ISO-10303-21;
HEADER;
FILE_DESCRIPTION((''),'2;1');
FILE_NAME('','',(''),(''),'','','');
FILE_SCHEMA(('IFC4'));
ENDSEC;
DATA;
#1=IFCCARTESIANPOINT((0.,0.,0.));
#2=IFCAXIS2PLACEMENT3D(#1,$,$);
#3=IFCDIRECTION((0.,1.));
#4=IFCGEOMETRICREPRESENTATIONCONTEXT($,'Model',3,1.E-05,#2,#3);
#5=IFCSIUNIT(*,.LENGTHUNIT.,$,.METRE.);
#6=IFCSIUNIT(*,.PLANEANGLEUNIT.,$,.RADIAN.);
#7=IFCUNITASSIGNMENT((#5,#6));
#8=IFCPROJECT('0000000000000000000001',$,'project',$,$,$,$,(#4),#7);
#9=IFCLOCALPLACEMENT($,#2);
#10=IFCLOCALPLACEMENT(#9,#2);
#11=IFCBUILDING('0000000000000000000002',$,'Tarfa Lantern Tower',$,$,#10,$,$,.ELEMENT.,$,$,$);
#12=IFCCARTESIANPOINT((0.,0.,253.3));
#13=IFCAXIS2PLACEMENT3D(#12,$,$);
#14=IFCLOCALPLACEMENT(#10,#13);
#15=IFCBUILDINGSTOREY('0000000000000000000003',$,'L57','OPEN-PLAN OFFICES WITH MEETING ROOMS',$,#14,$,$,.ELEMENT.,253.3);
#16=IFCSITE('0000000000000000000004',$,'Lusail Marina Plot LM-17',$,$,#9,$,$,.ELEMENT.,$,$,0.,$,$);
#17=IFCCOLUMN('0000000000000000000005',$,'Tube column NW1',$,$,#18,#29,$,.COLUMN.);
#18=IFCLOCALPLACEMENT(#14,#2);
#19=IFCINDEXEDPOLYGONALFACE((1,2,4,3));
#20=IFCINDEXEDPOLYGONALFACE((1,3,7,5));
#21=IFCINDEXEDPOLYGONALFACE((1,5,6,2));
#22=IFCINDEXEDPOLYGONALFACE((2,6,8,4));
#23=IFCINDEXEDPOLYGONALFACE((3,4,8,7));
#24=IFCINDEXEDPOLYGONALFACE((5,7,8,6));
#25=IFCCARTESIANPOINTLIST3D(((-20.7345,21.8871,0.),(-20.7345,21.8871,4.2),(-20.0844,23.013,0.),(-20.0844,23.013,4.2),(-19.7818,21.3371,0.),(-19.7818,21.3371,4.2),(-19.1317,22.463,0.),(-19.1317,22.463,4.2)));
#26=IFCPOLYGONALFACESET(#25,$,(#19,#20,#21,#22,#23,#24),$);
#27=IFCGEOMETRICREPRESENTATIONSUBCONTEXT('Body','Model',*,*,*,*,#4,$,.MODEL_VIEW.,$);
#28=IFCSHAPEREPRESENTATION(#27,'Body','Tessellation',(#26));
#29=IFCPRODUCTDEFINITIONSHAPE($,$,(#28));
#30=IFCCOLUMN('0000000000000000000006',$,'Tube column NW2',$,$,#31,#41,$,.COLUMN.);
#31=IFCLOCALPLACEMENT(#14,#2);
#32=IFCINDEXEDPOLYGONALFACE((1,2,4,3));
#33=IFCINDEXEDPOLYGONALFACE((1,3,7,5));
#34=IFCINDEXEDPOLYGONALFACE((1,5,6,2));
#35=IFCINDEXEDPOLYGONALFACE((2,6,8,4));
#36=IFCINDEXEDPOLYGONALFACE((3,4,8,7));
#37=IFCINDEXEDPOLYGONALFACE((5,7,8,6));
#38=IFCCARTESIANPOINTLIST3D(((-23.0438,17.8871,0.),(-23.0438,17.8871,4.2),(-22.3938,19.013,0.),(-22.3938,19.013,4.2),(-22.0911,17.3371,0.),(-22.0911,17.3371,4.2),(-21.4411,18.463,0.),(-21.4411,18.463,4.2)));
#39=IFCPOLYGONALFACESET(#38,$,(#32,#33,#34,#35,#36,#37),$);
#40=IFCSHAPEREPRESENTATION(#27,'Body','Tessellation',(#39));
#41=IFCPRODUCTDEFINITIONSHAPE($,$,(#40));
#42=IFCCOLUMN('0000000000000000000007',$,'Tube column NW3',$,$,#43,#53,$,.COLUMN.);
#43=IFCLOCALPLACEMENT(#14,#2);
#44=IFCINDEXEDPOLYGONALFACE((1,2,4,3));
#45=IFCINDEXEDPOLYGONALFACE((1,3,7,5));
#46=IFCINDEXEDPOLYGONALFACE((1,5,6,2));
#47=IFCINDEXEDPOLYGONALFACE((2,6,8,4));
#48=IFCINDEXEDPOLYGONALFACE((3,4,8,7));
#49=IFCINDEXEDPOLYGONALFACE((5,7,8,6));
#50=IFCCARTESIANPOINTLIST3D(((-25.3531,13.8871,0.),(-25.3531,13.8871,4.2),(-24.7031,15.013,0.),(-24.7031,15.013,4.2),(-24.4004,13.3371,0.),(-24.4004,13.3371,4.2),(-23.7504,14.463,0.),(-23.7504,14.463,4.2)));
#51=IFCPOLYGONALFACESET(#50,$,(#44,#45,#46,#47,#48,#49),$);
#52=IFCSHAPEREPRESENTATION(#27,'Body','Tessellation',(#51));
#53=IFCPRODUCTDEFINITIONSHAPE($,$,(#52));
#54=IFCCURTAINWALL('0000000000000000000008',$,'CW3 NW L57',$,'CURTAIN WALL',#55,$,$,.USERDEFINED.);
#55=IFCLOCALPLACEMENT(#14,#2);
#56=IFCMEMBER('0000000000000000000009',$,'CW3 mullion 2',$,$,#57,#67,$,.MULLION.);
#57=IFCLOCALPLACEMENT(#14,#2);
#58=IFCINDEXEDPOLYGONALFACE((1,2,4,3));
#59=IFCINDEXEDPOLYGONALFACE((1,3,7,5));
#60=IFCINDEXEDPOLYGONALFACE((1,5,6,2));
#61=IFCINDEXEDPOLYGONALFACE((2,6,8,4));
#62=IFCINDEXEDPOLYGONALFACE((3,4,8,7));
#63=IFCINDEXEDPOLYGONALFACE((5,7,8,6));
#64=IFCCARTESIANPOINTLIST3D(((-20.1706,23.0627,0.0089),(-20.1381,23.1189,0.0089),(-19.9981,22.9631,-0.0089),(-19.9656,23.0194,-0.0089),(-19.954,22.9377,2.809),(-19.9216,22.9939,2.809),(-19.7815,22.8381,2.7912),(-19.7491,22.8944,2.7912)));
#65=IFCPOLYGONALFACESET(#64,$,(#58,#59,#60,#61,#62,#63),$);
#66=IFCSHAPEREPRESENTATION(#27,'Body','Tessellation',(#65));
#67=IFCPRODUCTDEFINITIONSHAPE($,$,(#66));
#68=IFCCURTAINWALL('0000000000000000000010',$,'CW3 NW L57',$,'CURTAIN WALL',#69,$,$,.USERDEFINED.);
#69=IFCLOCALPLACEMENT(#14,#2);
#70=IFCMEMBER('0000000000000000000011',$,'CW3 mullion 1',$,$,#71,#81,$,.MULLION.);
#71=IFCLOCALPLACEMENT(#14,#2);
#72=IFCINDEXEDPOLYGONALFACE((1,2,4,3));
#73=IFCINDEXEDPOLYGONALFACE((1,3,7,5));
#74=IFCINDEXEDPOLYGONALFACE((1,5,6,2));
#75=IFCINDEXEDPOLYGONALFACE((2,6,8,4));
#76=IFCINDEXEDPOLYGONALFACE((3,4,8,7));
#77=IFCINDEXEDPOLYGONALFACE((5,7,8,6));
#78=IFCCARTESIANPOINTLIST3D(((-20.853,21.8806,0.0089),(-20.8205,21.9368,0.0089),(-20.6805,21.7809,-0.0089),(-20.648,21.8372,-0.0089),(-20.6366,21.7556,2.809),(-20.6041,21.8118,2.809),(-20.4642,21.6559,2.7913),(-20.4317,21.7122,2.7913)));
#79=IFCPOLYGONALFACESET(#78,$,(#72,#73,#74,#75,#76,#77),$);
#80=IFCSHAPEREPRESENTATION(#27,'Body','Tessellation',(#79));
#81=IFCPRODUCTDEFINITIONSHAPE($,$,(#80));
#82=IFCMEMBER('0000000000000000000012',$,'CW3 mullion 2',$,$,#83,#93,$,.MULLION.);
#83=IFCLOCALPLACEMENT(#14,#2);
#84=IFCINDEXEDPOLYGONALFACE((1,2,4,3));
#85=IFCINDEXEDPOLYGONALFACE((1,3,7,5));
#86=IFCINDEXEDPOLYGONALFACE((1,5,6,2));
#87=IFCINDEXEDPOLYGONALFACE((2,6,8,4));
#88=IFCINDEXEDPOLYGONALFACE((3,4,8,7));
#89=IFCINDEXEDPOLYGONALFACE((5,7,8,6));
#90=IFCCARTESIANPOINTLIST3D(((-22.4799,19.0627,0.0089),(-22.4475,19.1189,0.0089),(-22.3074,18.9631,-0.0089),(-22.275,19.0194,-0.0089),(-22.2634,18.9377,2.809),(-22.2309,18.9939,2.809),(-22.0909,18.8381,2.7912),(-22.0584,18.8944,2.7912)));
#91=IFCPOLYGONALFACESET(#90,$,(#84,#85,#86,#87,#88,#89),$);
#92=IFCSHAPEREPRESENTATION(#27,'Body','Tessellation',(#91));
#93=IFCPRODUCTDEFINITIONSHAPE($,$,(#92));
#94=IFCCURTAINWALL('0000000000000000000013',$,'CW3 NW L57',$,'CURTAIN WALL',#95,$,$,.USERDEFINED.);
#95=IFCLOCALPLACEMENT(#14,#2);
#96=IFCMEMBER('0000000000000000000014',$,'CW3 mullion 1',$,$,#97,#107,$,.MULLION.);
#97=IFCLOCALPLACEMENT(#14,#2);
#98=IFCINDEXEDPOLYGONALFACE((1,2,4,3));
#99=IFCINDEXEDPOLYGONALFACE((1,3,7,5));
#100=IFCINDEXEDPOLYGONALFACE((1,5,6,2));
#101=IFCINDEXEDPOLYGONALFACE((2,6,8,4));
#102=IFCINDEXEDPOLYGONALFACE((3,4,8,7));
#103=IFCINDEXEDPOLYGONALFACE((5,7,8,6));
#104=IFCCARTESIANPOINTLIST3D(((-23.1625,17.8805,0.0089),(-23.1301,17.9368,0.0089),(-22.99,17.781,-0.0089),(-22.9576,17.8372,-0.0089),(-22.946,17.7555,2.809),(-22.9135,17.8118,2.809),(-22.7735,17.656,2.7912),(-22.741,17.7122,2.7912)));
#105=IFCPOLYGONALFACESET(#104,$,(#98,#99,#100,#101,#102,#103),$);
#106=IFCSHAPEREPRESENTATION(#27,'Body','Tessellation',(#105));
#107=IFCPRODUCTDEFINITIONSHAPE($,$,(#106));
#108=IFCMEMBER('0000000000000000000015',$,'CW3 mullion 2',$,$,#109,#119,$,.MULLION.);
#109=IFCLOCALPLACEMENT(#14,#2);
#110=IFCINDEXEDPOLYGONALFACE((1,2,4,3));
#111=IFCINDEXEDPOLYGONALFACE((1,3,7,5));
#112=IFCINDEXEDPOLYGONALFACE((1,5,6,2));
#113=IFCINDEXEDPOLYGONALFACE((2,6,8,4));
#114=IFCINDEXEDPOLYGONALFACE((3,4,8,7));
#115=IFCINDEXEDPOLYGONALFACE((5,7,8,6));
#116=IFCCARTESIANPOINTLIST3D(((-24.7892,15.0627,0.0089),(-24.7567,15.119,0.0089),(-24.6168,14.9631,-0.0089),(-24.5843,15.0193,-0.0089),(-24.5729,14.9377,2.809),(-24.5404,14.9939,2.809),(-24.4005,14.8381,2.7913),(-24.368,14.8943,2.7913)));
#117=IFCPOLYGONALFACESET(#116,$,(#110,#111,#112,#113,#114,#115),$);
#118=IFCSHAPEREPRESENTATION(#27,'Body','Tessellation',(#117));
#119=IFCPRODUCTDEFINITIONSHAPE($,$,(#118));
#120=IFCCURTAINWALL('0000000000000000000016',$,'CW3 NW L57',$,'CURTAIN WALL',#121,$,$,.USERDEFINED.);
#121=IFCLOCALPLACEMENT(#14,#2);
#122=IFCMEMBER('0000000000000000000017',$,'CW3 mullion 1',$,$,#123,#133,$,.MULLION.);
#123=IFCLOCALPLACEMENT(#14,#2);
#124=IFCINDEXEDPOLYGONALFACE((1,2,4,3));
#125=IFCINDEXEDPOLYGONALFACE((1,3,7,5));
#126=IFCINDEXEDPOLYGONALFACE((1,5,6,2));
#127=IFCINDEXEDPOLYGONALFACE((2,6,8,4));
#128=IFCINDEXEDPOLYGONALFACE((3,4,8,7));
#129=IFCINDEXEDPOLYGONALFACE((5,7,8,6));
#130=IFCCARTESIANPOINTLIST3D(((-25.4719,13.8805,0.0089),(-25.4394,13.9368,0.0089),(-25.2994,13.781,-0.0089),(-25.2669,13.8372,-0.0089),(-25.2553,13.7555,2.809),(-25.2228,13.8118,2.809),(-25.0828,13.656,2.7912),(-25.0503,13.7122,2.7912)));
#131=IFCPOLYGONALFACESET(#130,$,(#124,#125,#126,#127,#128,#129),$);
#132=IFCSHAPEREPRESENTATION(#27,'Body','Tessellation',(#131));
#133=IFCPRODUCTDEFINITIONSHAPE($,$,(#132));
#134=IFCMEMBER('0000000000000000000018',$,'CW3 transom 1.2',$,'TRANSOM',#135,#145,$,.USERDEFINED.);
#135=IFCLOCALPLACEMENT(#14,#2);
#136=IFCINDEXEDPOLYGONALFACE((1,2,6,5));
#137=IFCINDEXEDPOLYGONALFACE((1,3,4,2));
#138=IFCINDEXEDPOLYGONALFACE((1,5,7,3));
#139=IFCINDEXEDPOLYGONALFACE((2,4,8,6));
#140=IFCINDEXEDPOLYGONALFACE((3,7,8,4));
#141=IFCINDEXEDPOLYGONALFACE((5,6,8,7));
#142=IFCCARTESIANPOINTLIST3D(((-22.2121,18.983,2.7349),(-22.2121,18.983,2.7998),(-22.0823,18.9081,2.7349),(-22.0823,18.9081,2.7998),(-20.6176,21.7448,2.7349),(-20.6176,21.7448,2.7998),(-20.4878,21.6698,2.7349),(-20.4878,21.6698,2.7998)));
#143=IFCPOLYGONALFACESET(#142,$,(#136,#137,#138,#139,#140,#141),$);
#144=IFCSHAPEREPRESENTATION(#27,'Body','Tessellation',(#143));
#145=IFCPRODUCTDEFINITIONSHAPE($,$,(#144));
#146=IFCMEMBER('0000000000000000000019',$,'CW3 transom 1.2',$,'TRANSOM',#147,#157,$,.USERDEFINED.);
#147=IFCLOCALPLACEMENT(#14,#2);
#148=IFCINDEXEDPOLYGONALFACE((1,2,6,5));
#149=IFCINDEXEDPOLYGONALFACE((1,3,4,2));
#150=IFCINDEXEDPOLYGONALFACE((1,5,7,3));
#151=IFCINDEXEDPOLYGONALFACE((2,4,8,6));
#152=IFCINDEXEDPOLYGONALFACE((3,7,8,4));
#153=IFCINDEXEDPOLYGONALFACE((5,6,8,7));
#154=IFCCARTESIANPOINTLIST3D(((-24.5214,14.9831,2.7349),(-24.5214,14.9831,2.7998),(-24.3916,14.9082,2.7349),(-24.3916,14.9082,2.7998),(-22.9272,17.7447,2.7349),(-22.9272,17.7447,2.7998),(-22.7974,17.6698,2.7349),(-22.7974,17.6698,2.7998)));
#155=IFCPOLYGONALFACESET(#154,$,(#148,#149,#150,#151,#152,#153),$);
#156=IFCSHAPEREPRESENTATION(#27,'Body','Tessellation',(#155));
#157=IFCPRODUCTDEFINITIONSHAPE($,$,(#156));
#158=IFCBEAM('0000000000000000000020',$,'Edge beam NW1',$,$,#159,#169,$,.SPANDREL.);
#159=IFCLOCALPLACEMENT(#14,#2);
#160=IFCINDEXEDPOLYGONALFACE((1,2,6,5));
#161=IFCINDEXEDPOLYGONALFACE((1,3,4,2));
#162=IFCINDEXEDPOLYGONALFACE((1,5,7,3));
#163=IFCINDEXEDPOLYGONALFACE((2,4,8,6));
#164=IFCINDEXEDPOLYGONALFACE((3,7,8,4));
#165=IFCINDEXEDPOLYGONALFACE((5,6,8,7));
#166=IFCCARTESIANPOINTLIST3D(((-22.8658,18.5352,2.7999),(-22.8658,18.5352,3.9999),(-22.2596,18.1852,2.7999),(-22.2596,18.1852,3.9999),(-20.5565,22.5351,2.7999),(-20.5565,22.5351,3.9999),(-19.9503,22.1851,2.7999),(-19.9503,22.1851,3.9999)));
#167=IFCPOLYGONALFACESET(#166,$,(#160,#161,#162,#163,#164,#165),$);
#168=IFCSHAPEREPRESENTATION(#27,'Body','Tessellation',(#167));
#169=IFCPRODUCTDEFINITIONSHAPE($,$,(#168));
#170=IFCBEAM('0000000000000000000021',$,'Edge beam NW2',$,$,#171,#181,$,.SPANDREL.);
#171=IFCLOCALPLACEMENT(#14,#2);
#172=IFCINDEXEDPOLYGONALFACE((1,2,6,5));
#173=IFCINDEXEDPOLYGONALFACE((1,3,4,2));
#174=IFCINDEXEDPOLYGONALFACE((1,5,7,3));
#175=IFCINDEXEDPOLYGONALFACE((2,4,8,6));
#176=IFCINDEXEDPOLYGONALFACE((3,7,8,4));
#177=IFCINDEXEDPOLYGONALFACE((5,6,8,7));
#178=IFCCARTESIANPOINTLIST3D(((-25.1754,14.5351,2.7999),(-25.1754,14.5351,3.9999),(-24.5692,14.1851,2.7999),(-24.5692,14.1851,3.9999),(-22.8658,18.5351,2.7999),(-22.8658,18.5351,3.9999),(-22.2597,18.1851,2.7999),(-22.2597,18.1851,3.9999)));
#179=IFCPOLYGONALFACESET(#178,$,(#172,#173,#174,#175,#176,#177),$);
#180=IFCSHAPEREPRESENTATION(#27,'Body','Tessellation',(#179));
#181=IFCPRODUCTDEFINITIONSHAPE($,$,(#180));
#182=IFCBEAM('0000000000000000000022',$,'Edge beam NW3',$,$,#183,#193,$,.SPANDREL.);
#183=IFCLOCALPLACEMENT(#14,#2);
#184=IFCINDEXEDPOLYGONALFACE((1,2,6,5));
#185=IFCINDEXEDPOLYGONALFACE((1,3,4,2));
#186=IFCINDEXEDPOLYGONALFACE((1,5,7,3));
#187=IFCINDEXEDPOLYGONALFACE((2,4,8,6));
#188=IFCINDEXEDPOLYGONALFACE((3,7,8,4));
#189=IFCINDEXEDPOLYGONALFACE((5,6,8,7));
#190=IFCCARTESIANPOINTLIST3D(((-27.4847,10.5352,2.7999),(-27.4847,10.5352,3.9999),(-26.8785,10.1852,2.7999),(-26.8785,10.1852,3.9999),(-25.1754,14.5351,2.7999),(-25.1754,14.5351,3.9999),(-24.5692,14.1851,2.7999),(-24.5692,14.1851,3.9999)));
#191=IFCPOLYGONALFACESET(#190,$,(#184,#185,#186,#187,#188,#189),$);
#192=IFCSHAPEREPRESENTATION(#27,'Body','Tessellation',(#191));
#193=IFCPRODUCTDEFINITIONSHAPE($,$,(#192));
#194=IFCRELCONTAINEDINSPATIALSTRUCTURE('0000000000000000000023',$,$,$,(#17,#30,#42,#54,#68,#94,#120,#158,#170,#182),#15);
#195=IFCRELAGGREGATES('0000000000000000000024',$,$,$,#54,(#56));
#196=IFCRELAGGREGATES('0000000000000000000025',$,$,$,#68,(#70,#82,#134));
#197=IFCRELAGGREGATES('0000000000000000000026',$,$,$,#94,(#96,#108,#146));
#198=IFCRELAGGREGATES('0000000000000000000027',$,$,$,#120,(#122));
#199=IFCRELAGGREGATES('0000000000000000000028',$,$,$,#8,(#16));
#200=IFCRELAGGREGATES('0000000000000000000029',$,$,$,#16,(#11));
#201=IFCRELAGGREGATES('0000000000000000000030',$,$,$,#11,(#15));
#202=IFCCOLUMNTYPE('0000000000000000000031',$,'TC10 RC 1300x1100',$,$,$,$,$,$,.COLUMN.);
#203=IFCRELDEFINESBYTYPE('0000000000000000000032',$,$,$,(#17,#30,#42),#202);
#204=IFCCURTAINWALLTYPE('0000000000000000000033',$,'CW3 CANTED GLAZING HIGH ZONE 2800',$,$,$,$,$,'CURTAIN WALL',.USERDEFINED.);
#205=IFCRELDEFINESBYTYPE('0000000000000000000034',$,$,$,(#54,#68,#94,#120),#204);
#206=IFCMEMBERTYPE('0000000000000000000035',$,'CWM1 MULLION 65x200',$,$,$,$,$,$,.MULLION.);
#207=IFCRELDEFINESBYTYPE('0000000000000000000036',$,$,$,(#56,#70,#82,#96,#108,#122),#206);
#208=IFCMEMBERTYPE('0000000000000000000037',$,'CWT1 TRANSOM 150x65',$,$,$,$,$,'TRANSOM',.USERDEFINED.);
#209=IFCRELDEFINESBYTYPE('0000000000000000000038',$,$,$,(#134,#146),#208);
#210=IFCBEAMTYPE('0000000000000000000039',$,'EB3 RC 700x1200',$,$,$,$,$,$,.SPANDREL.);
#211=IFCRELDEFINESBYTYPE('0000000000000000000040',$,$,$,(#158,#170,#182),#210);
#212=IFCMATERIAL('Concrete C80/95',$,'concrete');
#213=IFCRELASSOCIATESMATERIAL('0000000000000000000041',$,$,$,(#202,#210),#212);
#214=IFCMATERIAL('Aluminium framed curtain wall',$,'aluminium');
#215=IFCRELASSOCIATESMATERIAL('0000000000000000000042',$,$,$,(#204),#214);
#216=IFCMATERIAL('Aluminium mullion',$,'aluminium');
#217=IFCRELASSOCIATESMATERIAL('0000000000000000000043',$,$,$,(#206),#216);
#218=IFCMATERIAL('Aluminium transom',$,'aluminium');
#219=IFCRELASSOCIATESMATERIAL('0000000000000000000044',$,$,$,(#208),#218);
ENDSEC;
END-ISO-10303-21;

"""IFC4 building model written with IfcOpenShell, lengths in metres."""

from ifc_helpers import new_model, si_unit, direction, frame, origin, origin_2d, place, context, subcontext, project, spatial, rectangle, extrude, material, material_profile, profile_set, type_object, element, aggregate, save


model = new_model("IFC4")

# Units and contexts
model_context = context("Model", 3, precision=1e-05, world=origin(), true_north=direction((0.0, 1.0)))
body_context = subcontext(model_context, "Body", "Model", "MODEL_VIEW")
ifc_project = project(units=[si_unit("LENGTHUNIT", "METRE"), si_unit("PLANEANGLEUNIT", "RADIAN")], contexts=[model_context])

# Site, building, storey
site_placement = place(None, origin())
site = spatial("IfcSite", under=ifc_project, at=site_placement, Name="Lusail Marina Plot LM-17", CompositionType="ELEMENT", RefElevation=0.0)
building_placement = place(site_placement, origin())
building = spatial("IfcBuilding", under=site, at=building_placement, Name="Tarfa Lantern Tower", CompositionType="ELEMENT")
storey_placement = place(building_placement, frame((0.0, 0.0, 253.3)))
storey = spatial("IfcBuildingStorey", under=building, at=storey_placement, Name="L57", Description="OPEN-PLAN OFFICES WITH MEETING ROOMS", CompositionType="ELEMENT", Elevation=253.3)

# Columns
ifc_material_1 = material(Name="Concrete C80/95", Category="concrete")
ifc_material_profile_1 = material_profile(ifc_material_1, rectangle(XDim=1.3, YDim=1.1001, at=origin_2d()), Name="RC 1300x1100")
ifc_profile_set_1 = profile_set([ifc_material_profile_1], Name="Concrete C80/95")
column_type = type_object("IfcColumnType", Name="TC10 RC 1300x1100", PredefinedType="COLUMN", material=ifc_profile_set_1)
for number, where, z_axis, x_axis, name in (
    (1, (-19.9331, 22.175, 0.0), (0.0, 0.0, 1.0), (-0.5, -0.866025, 0.0), "Tube column NW1"),
    (2, (-22.2424, 18.175, 0.0), (0.0, 0.0, 1.0), (-0.5, -0.866025, 0.0), "Tube column NW2"),
    (3, (-24.5518, 14.175, 0.0), (0.0, 0.0, 1.0), (-0.5, -0.866025, 0.0), "Tube column NW3"),
):
    element("IfcColumn", number, at=place(storey_placement, frame(where, z_axis=z_axis, x_axis=x_axis)), inside=storey, type_object=column_type, Name=name, PredefinedType="COLUMN", context=body_context, shape_type="SweptSolid", body=[
        extrude(rectangle(XDim=1.3, YDim=1.1001, at=origin_2d()), origin(), (0.0, 0.0, 1.0), 4.2),
    ])

# Curtain wall, member
ifc_material_2 = material(Name="Aluminium framed curtain wall", Category="aluminium")
curtain_wall_type = type_object("IfcCurtainWallType", Name="CW3 CANTED GLAZING HIGH ZONE 2800", ElementType="CURTAIN WALL", PredefinedType="USERDEFINED", material=ifc_material_2)
curtain_wall_1_placement = place(storey_placement, origin())
curtain_wall_1 = element("IfcCurtainWall", 4, at=curtain_wall_1_placement, inside=storey, type_object=curtain_wall_type, Name="CW3 NW L57", ObjectType="CURTAIN WALL", PredefinedType="USERDEFINED")
ifc_material_3 = material(Name="Aluminium mullion", Category="aluminium")
ifc_material_profile_2 = material_profile(ifc_material_3, rectangle(XDim=0.0649, YDim=0.2, at=origin_2d()), Name="AL MULLION 65x200")
ifc_profile_set_2 = profile_set([ifc_material_profile_2], Name="Aluminium mullion")
member_type_1 = type_object("IfcMemberType", Name="CWM1 MULLION 65x200", PredefinedType="MULLION", material=ifc_profile_set_2)
member_1_placement = place(storey_placement, frame((-20.0681, 23.041, 0.0), z_axis=(0.077032, -0.044465, 0.996037), x_axis=(0.49992, 0.866072, 0.0)))
member_1 = element("IfcMember", 5, at=member_1_placement, type_object=member_type_1, Name="CW3 mullion 2", PredefinedType="MULLION", context=body_context, shape_type="SweptSolid", body=[
    extrude(rectangle(XDim=0.0649, YDim=0.2, at=origin_2d()), origin(), (0.0, 0.0, 1.0), 2.8113),
])

# Curtain walls, members
curtain_wall_2_placement = place(storey_placement, origin())
curtain_wall_2 = element("IfcCurtainWall", 6, at=curtain_wall_2_placement, inside=storey, type_object=curtain_wall_type, Name="CW3 NW L57", ObjectType="CURTAIN WALL", PredefinedType="USERDEFINED")
member_2_placement = place(storey_placement, frame((-20.7505, 21.8589, 0.0), z_axis=(0.076946, -0.044465, 0.996043), x_axis=(0.500343, 0.865827, 0.0)))
member_2 = element("IfcMember", 7, at=member_2_placement, type_object=member_type_1, Name="CW3 mullion 1", PredefinedType="MULLION", context=body_context, shape_type="SweptSolid", body=[
    extrude(rectangle(XDim=0.0649, YDim=0.2, at=origin_2d()), origin(), (0.0, 0.0, 1.0), 2.8113),
])
member_3_placement = place(storey_placement, frame((-22.3774, 19.041, 0.0), z_axis=(0.077032, -0.044465, 0.996037), x_axis=(0.49992, 0.866072, 0.0)))
member_3 = element("IfcMember", 8, at=member_3_placement, type_object=member_type_1, Name="CW3 mullion 2", PredefinedType="MULLION", context=body_context, shape_type="SweptSolid", body=[
    extrude(rectangle(XDim=0.0649, YDim=0.2, at=origin_2d()), origin(), (0.0, 0.0, 1.0), 2.8113),
])
curtain_wall_3_placement = place(storey_placement, origin())
curtain_wall_3 = element("IfcCurtainWall", 9, at=curtain_wall_3_placement, inside=storey, type_object=curtain_wall_type, Name="CW3 NW L57", ObjectType="CURTAIN WALL", PredefinedType="USERDEFINED")
member_4_placement = place(storey_placement, frame((-23.0601, 17.8589, 0.0), z_axis=(0.077032, -0.044465, 0.996037), x_axis=(0.49992, 0.866072, 0.0)))
member_4 = element("IfcMember", 10, at=member_4_placement, type_object=member_type_1, Name="CW3 mullion 1", PredefinedType="MULLION", context=body_context, shape_type="SweptSolid", body=[
    extrude(rectangle(XDim=0.0649, YDim=0.2, at=origin_2d()), origin(), (0.0, 0.0, 1.0), 2.8113),
])
member_5_placement = place(storey_placement, frame((-24.6868, 15.041, 0.0), z_axis=(0.076946, -0.044465, 0.996043), x_axis=(0.500343, 0.865827, 0.0)))
member_5 = element("IfcMember", 11, at=member_5_placement, type_object=member_type_1, Name="CW3 mullion 2", PredefinedType="MULLION", context=body_context, shape_type="SweptSolid", body=[
    extrude(rectangle(XDim=0.0649, YDim=0.2, at=origin_2d()), origin(), (0.0, 0.0, 1.0), 2.8113),
])

# Curtain wall, member
curtain_wall_4_placement = place(storey_placement, origin())
curtain_wall_4 = element("IfcCurtainWall", 12, at=curtain_wall_4_placement, inside=storey, type_object=curtain_wall_type, Name="CW3 NW L57", ObjectType="CURTAIN WALL", PredefinedType="USERDEFINED")
member_6_placement = place(storey_placement, frame((-25.3694, 13.8589, 0.0), z_axis=(0.077032, -0.044465, 0.996037), x_axis=(0.49992, 0.866072, 0.0)))
member_6 = element("IfcMember", 13, at=member_6_placement, type_object=member_type_1, Name="CW3 mullion 1", PredefinedType="MULLION", context=body_context, shape_type="SweptSolid", body=[
    extrude(rectangle(XDim=0.0649, YDim=0.2, at=origin_2d()), origin(), (0.0, 0.0, 1.0), 2.8113),
])

# Members
ifc_material_4 = material(Name="Aluminium transom", Category="aluminium")
ifc_material_profile_3 = material_profile(ifc_material_4, rectangle(XDim=0.1499, YDim=0.0649, at=origin_2d()), Name="AL TRANSOM 150x65")
ifc_profile_set_3 = profile_set([ifc_material_profile_3], Name="Aluminium transom")
member_type_2 = type_object("IfcMemberType", Name="CWT1 TRANSOM 150x65", ElementType="TRANSOM", PredefinedType="USERDEFINED", material=ifc_profile_set_3)
member_7_placement = place(storey_placement, frame((-20.5527, 21.7073, 2.7673), z_axis=(-0.500001, -0.866025, 0.0), x_axis=(0.866025, -0.500001, 0.0)))
member_7 = element("IfcMember", 14, at=member_7_placement, type_object=member_type_2, Name="CW3 transom 1.2", ObjectType="TRANSOM", PredefinedType="USERDEFINED", context=body_context, shape_type="SweptSolid", body=[
    extrude(rectangle(XDim=0.1499, YDim=0.0649, at=origin_2d()), origin(), (0.0, 0.0, 1.0), 3.189),
])
member_8_placement = place(storey_placement, frame((-22.8623, 17.7073, 2.7673), z_axis=(-0.499943, -0.866058, 0.0), x_axis=(0.866058, -0.499943, 0.0)))
member_8 = element("IfcMember", 15, at=member_8_placement, type_object=member_type_2, Name="CW3 transom 1.2", ObjectType="TRANSOM", PredefinedType="USERDEFINED", context=body_context, shape_type="SweptSolid", body=[
    extrude(rectangle(XDim=0.1499, YDim=0.0649, at=origin_2d()), origin(), (0.0, 0.0, 1.0), 3.1887),
])

# Beams
ifc_material_profile_4 = material_profile(ifc_material_1, rectangle(XDim=0.7, YDim=1.2, at=origin_2d()), Name="RC 700x1200")
ifc_profile_set_4 = profile_set([ifc_material_profile_4], Name="Concrete C80/95")
beam_type_1 = type_object("IfcBeamType", Name="EB3 RC 700x1200", PredefinedType="SPANDREL", material=ifc_profile_set_4)
beam_1_placement = place(storey_placement, frame((-20.2534, 22.3601, 3.3999), z_axis=(-0.499988, -0.866032, 0.0), x_axis=(0.866032, -0.499988, 0.0)))
element("IfcBeam", 16, at=beam_1_placement, inside=storey, type_object=beam_type_1, Name="Edge beam NW1", PredefinedType="SPANDREL", context=body_context, shape_type="SweptSolid", body=[
    extrude(rectangle(XDim=0.7, YDim=1.2, at=origin_2d()), origin(), (0.0, 0.0, 1.0), 4.6187),
])
beam_2_placement = place(storey_placement, frame((-22.5627, 18.3601, 3.3999), z_axis=(-0.500027, -0.86601, 0.0), x_axis=(0.86601, -0.500027, 0.0)))
element("IfcBeam", 17, at=beam_2_placement, inside=storey, type_object=beam_type_1, Name="Edge beam NW2", PredefinedType="SPANDREL", context=body_context, shape_type="SweptSolid", body=[
    extrude(rectangle(XDim=0.7, YDim=1.2, at=origin_2d()), origin(), (0.0, 0.0, 1.0), 4.6189),
])
beam_3_placement = place(storey_placement, frame((-24.8723, 14.3601, 3.3999), z_axis=(-0.499988, -0.866032, 0.0), x_axis=(0.866032, -0.499988, 0.0)))
element("IfcBeam", 18, at=beam_3_placement, inside=storey, type_object=beam_type_1, Name="Edge beam NW3", PredefinedType="SPANDREL", context=body_context, shape_type="SweptSolid", body=[
    extrude(rectangle(XDim=0.7, YDim=1.2, at=origin_2d()), origin(), (0.0, 0.0, 1.0), 4.6187),
])

aggregate(curtain_wall_1, [member_1])
aggregate(curtain_wall_2, [member_2, member_3, member_7])
aggregate(curtain_wall_3, [member_4, member_5, member_8])
aggregate(curtain_wall_4, [member_6])

save(model, "model.ifc")
